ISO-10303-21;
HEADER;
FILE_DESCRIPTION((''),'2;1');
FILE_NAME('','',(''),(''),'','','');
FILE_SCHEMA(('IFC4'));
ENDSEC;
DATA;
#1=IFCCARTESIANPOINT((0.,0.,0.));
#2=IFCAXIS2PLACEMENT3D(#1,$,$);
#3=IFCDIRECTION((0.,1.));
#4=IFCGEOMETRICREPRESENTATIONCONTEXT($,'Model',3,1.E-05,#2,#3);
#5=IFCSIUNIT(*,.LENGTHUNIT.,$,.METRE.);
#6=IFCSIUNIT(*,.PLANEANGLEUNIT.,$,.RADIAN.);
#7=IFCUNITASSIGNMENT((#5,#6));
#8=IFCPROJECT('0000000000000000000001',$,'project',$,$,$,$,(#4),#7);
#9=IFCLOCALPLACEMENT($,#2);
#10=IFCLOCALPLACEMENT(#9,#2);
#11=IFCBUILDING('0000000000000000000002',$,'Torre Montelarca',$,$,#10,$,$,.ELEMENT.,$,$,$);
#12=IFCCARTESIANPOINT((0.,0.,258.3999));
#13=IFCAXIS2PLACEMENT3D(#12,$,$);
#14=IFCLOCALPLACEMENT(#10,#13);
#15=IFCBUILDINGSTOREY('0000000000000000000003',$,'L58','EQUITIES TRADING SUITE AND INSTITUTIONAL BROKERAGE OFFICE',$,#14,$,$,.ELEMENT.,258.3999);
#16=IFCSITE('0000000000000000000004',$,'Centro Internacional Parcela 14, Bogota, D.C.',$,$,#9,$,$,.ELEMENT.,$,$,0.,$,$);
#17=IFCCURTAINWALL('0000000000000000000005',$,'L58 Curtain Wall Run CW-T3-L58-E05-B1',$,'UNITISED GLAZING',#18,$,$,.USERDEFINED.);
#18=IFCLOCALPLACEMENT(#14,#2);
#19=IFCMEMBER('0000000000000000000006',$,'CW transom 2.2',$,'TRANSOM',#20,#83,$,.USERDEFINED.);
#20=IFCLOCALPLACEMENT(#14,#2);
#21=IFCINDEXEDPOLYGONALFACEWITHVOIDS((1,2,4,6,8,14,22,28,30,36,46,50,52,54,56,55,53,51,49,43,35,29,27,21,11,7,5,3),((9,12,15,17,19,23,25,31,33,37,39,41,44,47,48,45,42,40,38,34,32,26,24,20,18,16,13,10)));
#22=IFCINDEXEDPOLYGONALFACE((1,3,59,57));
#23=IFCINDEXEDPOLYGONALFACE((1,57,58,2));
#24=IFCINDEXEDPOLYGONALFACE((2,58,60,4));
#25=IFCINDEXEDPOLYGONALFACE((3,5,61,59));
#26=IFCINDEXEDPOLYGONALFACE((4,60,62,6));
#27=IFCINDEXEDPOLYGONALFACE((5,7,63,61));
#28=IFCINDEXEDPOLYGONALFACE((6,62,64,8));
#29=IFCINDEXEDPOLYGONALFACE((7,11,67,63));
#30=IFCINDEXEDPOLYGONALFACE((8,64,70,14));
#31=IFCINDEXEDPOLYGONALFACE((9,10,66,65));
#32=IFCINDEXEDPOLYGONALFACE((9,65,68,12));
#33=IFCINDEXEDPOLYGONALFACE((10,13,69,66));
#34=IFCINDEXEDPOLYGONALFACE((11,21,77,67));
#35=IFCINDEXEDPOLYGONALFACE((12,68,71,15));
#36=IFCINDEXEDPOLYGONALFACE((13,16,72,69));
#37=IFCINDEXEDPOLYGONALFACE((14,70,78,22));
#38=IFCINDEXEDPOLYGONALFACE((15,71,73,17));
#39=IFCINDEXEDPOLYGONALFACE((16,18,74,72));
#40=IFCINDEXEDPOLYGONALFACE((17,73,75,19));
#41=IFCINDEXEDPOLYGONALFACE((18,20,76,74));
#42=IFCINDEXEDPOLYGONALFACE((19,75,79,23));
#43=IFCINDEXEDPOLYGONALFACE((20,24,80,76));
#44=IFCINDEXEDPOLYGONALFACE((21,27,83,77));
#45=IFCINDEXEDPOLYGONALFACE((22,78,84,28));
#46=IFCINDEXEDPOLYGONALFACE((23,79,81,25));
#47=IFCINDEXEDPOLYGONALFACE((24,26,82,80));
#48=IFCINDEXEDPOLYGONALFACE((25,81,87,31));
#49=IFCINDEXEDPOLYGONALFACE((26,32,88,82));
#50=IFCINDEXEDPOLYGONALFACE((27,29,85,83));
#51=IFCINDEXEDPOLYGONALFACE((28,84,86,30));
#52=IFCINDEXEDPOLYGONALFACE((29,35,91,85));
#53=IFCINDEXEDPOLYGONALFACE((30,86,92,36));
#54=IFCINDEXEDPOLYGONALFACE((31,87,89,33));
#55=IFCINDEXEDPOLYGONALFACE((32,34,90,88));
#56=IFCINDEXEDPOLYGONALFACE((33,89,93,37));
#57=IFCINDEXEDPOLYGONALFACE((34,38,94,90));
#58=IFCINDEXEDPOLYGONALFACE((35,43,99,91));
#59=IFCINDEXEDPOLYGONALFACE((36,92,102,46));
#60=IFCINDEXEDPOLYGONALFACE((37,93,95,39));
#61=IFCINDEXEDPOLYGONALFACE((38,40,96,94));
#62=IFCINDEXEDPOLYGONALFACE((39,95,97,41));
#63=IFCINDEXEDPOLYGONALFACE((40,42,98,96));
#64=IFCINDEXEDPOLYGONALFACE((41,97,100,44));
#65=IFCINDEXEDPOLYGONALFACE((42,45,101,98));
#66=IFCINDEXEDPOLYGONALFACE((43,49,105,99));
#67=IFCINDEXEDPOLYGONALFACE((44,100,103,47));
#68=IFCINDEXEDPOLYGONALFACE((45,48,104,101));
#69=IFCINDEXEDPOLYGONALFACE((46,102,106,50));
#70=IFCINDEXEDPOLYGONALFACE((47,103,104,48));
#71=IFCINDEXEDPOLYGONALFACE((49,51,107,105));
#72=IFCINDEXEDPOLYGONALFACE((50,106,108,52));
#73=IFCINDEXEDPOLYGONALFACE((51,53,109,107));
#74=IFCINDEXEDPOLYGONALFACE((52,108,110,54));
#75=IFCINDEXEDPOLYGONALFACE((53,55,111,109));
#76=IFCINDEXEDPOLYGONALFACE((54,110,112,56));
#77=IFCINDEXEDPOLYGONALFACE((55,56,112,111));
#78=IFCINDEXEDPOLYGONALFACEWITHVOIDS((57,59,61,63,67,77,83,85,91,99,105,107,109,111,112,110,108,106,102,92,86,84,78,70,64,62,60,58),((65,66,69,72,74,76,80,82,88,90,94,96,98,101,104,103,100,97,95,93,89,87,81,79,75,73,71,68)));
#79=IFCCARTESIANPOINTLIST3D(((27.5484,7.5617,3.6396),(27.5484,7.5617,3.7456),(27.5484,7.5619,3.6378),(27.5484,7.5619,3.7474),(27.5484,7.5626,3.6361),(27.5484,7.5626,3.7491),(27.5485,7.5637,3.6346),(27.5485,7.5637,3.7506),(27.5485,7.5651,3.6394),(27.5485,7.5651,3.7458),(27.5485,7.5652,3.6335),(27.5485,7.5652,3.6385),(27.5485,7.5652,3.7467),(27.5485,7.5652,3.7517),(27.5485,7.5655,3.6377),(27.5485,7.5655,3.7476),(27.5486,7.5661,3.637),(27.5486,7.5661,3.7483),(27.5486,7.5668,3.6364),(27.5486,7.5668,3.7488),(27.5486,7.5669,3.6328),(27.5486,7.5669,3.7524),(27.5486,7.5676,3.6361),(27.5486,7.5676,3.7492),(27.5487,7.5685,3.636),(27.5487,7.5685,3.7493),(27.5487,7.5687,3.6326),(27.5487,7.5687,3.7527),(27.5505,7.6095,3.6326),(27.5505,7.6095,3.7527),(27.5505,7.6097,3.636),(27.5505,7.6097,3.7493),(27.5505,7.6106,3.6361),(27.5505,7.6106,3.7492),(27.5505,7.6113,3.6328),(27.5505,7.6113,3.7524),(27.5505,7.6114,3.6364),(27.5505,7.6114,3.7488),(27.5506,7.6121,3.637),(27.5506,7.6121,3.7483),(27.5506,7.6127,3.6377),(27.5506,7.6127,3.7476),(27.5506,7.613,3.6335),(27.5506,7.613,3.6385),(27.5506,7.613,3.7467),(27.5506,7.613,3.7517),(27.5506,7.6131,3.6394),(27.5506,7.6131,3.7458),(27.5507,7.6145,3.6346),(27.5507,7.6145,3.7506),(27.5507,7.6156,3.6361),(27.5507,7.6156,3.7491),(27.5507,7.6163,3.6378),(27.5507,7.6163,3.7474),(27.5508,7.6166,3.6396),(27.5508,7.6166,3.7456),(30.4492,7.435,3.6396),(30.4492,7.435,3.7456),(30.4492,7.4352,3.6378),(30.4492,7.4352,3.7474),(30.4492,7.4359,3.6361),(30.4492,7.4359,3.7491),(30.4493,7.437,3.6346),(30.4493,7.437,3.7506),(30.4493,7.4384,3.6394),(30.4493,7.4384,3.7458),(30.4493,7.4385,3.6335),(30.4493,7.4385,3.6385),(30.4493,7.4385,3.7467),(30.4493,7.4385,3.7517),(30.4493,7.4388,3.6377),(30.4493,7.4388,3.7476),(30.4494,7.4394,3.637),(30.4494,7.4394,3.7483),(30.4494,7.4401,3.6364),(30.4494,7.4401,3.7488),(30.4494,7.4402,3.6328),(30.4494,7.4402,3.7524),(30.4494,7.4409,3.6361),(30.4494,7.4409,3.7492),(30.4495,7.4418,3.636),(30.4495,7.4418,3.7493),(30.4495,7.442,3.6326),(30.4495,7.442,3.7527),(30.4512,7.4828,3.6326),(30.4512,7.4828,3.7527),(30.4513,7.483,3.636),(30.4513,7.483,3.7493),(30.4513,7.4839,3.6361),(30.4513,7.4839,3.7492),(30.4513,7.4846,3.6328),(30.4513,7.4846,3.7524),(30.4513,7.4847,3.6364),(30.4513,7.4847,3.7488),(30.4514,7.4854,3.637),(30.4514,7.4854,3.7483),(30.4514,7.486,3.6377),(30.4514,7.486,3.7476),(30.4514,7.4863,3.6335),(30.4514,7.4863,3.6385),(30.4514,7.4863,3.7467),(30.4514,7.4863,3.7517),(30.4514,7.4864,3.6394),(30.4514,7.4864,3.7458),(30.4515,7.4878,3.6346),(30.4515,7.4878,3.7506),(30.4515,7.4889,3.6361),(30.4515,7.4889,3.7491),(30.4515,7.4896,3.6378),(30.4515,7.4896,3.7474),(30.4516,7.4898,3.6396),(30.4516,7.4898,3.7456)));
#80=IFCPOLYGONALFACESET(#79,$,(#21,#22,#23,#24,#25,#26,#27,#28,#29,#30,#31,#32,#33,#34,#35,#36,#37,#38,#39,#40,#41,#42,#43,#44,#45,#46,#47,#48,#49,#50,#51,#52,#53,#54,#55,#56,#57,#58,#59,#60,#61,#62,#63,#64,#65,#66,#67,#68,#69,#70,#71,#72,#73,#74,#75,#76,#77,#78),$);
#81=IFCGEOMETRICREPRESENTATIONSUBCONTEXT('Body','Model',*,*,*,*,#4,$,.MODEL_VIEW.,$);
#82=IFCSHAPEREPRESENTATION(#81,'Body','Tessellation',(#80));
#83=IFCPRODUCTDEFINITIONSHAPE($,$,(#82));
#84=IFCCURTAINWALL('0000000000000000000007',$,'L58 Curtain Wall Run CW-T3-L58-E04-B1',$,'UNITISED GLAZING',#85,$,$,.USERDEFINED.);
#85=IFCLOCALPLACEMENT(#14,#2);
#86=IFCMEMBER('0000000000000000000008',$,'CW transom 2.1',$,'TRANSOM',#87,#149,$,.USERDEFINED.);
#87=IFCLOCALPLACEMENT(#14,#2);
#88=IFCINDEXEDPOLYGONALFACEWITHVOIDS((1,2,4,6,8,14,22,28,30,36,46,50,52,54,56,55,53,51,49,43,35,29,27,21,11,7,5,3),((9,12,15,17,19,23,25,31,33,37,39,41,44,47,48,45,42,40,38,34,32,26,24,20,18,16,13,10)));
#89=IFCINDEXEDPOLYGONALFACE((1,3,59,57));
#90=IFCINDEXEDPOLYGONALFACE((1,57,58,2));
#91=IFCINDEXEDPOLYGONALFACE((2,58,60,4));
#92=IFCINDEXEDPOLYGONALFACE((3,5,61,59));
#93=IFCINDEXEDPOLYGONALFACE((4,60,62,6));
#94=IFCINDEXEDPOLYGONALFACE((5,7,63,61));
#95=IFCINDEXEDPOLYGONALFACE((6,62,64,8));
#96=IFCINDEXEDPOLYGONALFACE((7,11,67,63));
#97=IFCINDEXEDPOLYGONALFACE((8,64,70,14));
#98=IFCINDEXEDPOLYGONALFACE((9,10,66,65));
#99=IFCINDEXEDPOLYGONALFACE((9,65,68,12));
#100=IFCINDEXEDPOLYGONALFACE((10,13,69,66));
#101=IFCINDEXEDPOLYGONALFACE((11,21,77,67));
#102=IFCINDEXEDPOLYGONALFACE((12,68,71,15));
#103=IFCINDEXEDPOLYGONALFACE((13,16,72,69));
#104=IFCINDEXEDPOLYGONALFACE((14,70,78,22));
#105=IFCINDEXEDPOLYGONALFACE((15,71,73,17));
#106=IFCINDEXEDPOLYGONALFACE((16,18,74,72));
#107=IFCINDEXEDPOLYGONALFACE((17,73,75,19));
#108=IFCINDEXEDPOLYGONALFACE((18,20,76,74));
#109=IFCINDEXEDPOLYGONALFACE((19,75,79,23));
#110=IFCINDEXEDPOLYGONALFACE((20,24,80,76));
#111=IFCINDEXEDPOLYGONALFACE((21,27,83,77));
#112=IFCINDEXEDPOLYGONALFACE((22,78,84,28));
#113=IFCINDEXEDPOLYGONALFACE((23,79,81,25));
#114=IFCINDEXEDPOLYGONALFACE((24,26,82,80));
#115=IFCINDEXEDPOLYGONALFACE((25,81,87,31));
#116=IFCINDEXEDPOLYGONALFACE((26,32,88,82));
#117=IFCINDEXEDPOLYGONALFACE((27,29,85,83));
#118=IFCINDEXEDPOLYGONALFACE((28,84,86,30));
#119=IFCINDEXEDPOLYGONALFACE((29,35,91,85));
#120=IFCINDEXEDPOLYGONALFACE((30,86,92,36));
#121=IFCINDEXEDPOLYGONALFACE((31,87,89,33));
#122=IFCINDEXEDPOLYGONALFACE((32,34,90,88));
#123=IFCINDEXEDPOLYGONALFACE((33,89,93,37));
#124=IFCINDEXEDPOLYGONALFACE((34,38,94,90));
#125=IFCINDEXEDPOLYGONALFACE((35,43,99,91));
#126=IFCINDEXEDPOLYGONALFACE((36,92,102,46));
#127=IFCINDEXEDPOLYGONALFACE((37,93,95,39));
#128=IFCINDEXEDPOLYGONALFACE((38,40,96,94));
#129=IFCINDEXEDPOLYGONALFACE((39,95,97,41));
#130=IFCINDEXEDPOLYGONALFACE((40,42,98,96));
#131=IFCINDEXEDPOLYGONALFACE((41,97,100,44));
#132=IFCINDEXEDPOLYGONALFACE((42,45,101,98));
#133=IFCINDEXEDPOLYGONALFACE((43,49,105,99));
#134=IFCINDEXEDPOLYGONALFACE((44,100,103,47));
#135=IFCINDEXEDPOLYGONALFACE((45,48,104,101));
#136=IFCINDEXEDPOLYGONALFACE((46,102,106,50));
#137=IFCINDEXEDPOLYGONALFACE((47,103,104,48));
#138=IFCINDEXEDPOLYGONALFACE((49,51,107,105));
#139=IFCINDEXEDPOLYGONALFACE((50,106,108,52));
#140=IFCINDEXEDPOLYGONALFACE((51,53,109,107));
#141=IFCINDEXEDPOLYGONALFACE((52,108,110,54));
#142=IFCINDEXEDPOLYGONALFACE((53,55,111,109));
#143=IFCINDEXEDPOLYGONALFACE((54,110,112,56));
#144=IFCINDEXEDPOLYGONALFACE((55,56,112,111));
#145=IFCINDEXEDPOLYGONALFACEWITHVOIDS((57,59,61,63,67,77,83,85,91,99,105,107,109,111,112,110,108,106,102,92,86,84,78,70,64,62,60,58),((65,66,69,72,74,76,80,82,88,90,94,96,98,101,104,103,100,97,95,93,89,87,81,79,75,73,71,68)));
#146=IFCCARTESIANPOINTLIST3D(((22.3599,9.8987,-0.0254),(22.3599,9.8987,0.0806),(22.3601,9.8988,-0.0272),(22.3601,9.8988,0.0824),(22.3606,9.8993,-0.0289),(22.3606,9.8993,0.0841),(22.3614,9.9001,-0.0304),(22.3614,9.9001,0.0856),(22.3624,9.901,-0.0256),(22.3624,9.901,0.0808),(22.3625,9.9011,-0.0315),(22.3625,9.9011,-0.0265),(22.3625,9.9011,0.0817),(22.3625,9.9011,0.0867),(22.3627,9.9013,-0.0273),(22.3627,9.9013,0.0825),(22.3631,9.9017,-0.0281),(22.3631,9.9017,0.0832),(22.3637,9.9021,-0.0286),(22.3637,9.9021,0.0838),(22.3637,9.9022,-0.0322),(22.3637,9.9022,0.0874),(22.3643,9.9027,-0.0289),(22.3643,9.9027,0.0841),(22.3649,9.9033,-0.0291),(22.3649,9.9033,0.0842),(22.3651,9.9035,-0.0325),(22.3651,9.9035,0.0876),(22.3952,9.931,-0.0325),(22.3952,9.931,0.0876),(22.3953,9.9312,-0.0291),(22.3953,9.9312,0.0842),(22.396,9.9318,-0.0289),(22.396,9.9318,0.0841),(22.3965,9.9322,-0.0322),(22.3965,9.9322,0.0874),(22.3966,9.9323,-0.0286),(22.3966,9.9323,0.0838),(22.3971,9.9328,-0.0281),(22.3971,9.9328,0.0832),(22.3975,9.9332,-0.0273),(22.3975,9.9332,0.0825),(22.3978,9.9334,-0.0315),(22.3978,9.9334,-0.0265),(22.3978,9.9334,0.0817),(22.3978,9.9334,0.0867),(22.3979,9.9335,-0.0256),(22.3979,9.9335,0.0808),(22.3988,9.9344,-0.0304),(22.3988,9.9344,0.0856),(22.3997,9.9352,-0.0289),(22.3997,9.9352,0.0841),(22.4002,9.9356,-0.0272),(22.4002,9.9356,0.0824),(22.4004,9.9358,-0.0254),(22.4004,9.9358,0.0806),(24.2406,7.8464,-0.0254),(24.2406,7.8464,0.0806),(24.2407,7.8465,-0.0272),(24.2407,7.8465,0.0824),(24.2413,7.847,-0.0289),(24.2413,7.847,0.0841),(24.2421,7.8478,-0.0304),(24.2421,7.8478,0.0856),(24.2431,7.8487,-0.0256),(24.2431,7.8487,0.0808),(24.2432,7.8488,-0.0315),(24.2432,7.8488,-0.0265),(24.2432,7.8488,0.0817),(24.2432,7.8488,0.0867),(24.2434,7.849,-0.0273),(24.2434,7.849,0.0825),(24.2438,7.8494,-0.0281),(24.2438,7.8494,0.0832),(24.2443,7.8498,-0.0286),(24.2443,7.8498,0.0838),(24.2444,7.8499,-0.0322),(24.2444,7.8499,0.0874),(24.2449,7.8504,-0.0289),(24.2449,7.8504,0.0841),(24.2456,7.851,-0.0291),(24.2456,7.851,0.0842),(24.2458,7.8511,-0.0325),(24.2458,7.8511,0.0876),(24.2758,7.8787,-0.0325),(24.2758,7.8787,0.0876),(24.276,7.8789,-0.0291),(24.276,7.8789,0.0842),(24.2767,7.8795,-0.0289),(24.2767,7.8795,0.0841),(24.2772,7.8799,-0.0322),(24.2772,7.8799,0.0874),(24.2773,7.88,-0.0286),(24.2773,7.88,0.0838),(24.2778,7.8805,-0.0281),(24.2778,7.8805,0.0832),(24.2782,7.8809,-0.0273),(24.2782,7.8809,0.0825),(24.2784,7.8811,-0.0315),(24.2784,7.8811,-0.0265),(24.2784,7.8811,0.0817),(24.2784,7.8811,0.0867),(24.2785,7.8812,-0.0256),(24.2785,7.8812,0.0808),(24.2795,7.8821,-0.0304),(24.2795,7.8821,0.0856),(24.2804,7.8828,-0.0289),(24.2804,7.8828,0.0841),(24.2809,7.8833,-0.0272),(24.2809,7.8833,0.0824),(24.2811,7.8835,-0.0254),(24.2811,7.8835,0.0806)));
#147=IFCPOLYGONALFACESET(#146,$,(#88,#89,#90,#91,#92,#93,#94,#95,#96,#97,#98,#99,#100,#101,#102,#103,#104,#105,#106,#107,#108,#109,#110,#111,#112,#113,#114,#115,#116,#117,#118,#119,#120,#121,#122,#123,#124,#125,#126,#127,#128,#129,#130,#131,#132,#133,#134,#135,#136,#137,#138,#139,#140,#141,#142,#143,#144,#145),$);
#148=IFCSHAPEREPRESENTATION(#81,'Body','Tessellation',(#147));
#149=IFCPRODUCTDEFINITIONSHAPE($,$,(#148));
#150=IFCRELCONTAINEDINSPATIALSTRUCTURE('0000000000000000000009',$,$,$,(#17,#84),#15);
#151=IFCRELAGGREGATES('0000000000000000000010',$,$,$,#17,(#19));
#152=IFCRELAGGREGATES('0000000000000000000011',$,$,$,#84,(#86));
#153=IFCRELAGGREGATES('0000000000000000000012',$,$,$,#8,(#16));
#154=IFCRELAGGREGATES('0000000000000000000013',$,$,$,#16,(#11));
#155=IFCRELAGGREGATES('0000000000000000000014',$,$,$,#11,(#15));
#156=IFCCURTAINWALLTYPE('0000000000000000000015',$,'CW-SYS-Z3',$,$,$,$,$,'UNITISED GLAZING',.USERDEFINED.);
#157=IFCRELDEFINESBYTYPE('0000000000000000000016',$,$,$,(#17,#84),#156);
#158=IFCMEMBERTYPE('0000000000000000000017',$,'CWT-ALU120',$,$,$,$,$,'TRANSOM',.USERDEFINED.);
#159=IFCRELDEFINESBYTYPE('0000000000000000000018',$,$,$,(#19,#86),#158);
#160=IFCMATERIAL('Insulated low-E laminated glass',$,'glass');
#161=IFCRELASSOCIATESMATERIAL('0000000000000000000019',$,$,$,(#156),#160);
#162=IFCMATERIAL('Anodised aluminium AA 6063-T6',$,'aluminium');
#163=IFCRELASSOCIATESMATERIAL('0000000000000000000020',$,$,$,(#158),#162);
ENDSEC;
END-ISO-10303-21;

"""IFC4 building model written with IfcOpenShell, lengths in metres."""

from ifc_helpers import new_model, si_unit, direction, frame, origin, origin_2d, place, context, subcontext, project, spatial, hollow_rectangle, extrude, source, transform, mapped, material, material_profile, profile_set, type_object, element, aggregate, save


model = new_model("IFC4")

# Units and contexts
model_context = context("Model", 3, precision=1e-05, world=origin(), true_north=direction((0.0, 1.0)))
body_context = subcontext(model_context, "Body", "Model", "MODEL_VIEW")
ifc_project = project(units=[si_unit("LENGTHUNIT", "METRE"), si_unit("PLANEANGLEUNIT", "RADIAN")], contexts=[model_context])

# Site, building, storey
site_placement = place(None, origin())
site = spatial("IfcSite", under=ifc_project, at=site_placement, Name="Centro Internacional Parcela 14, Bogota, D.C.", CompositionType="ELEMENT", RefElevation=0.0)
building_placement = place(site_placement, origin())
building = spatial("IfcBuilding", under=site, at=building_placement, Name="Torre Montelarca", CompositionType="ELEMENT")
storey_placement = place(building_placement, frame((0.0, 0.0, 258.3999)))
storey = spatial("IfcBuildingStorey", under=building, at=storey_placement, Name="L58", Description="EQUITIES TRADING SUITE AND INSTITUTIONAL BROKERAGE OFFICE", CompositionType="ELEMENT", Elevation=258.3999)

# Curtain walls, members
ifc_material_1 = material(Name="Insulated low-E laminated glass", Category="glass")
curtain_wall_type = type_object("IfcCurtainWallType", Name="CW-SYS-Z3", ElementType="UNITISED GLAZING", PredefinedType="USERDEFINED", material=ifc_material_1)
curtain_wall_1_placement = place(storey_placement, origin())
curtain_wall_1 = element("IfcCurtainWall", 1, at=curtain_wall_1_placement, inside=storey, type_object=curtain_wall_type, Name="L58 Curtain Wall Run CW-T3-L58-E05-B1", ObjectType="UNITISED GLAZING", PredefinedType="USERDEFINED")
ifc_material_2 = material(Name="Anodised aluminium AA 6063-T6", Category="aluminium")
ifc_material_profile_1 = material_profile(ifc_material_2, hollow_rectangle(XDim=0.0549, YDim=0.1201, WallThickness=0.0034, InnerFilletRadius=0.0034, OuterFilletRadius=0.0071, at=origin_2d()), Name="ALU55X120X3.5", Category="aluminium")
ifc_profile_set_1 = profile_set([ifc_material_profile_1], Name="Anodised aluminium AA 6063-T6")
member_type_1 = type_object("IfcMemberType", Name="CWT-ALU120", ElementType="TRANSOM", PredefinedType="USERDEFINED", material=ifc_profile_set_1)
shared_shape_1 = source(origin(), body_context, "Body", "SweptSolid", [
    extrude(hollow_rectangle(XDim=0.0549, YDim=0.1201, WallThickness=0.0034, InnerFilletRadius=0.0034, OuterFilletRadius=0.0071, at=origin_2d()), origin(), (0.0, 0.0, 1.0), 2.9036),
])
member_1_placement = place(storey_placement, frame((27.5496, 7.5891, 3.6926), z_axis=(0.999047, -0.043638, 0.0), x_axis=(0.043638, 0.999047, 0.0)))
member_1 = element("IfcMember", 2, at=member_1_placement, type_object=member_type_1, Name="CW transom 2.2", ObjectType="TRANSOM", PredefinedType="USERDEFINED", context=body_context, shape_type="MappedRepresentation", body=[
    mapped(shared_shape_1, transform((0.0, 0.0, 0.0), scale=1.0)),
])
curtain_wall_2_placement = place(storey_placement, origin())
curtain_wall_2 = element("IfcCurtainWall", 3, at=curtain_wall_2_placement, inside=storey, type_object=curtain_wall_type, Name="L58 Curtain Wall Run CW-T3-L58-E04-B1", ObjectType="UNITISED GLAZING", PredefinedType="USERDEFINED")
shared_shape_2 = source(origin(), body_context, "Body", "SweptSolid", [
    extrude(hollow_rectangle(XDim=0.0549, YDim=0.1201, WallThickness=0.0034, InnerFilletRadius=0.0034, OuterFilletRadius=0.0071, at=origin_2d()), origin(), (0.0, 0.0, 1.0), 2.7837),
])
member_2_placement = place(storey_placement, frame((22.3801, 9.9172, 0.0276), z_axis=(0.675605, -0.737263, 0.0), x_axis=(0.737263, 0.675605, 0.0)))
member_2 = element("IfcMember", 4, at=member_2_placement, type_object=member_type_1, Name="CW transom 2.1", ObjectType="TRANSOM", PredefinedType="USERDEFINED", context=body_context, shape_type="MappedRepresentation", body=[
    mapped(shared_shape_2, transform((0.0, 0.0, 0.0), scale=1.0)),
])

aggregate(curtain_wall_1, [member_1])
aggregate(curtain_wall_2, [member_2])

save(model, "model.ifc")
